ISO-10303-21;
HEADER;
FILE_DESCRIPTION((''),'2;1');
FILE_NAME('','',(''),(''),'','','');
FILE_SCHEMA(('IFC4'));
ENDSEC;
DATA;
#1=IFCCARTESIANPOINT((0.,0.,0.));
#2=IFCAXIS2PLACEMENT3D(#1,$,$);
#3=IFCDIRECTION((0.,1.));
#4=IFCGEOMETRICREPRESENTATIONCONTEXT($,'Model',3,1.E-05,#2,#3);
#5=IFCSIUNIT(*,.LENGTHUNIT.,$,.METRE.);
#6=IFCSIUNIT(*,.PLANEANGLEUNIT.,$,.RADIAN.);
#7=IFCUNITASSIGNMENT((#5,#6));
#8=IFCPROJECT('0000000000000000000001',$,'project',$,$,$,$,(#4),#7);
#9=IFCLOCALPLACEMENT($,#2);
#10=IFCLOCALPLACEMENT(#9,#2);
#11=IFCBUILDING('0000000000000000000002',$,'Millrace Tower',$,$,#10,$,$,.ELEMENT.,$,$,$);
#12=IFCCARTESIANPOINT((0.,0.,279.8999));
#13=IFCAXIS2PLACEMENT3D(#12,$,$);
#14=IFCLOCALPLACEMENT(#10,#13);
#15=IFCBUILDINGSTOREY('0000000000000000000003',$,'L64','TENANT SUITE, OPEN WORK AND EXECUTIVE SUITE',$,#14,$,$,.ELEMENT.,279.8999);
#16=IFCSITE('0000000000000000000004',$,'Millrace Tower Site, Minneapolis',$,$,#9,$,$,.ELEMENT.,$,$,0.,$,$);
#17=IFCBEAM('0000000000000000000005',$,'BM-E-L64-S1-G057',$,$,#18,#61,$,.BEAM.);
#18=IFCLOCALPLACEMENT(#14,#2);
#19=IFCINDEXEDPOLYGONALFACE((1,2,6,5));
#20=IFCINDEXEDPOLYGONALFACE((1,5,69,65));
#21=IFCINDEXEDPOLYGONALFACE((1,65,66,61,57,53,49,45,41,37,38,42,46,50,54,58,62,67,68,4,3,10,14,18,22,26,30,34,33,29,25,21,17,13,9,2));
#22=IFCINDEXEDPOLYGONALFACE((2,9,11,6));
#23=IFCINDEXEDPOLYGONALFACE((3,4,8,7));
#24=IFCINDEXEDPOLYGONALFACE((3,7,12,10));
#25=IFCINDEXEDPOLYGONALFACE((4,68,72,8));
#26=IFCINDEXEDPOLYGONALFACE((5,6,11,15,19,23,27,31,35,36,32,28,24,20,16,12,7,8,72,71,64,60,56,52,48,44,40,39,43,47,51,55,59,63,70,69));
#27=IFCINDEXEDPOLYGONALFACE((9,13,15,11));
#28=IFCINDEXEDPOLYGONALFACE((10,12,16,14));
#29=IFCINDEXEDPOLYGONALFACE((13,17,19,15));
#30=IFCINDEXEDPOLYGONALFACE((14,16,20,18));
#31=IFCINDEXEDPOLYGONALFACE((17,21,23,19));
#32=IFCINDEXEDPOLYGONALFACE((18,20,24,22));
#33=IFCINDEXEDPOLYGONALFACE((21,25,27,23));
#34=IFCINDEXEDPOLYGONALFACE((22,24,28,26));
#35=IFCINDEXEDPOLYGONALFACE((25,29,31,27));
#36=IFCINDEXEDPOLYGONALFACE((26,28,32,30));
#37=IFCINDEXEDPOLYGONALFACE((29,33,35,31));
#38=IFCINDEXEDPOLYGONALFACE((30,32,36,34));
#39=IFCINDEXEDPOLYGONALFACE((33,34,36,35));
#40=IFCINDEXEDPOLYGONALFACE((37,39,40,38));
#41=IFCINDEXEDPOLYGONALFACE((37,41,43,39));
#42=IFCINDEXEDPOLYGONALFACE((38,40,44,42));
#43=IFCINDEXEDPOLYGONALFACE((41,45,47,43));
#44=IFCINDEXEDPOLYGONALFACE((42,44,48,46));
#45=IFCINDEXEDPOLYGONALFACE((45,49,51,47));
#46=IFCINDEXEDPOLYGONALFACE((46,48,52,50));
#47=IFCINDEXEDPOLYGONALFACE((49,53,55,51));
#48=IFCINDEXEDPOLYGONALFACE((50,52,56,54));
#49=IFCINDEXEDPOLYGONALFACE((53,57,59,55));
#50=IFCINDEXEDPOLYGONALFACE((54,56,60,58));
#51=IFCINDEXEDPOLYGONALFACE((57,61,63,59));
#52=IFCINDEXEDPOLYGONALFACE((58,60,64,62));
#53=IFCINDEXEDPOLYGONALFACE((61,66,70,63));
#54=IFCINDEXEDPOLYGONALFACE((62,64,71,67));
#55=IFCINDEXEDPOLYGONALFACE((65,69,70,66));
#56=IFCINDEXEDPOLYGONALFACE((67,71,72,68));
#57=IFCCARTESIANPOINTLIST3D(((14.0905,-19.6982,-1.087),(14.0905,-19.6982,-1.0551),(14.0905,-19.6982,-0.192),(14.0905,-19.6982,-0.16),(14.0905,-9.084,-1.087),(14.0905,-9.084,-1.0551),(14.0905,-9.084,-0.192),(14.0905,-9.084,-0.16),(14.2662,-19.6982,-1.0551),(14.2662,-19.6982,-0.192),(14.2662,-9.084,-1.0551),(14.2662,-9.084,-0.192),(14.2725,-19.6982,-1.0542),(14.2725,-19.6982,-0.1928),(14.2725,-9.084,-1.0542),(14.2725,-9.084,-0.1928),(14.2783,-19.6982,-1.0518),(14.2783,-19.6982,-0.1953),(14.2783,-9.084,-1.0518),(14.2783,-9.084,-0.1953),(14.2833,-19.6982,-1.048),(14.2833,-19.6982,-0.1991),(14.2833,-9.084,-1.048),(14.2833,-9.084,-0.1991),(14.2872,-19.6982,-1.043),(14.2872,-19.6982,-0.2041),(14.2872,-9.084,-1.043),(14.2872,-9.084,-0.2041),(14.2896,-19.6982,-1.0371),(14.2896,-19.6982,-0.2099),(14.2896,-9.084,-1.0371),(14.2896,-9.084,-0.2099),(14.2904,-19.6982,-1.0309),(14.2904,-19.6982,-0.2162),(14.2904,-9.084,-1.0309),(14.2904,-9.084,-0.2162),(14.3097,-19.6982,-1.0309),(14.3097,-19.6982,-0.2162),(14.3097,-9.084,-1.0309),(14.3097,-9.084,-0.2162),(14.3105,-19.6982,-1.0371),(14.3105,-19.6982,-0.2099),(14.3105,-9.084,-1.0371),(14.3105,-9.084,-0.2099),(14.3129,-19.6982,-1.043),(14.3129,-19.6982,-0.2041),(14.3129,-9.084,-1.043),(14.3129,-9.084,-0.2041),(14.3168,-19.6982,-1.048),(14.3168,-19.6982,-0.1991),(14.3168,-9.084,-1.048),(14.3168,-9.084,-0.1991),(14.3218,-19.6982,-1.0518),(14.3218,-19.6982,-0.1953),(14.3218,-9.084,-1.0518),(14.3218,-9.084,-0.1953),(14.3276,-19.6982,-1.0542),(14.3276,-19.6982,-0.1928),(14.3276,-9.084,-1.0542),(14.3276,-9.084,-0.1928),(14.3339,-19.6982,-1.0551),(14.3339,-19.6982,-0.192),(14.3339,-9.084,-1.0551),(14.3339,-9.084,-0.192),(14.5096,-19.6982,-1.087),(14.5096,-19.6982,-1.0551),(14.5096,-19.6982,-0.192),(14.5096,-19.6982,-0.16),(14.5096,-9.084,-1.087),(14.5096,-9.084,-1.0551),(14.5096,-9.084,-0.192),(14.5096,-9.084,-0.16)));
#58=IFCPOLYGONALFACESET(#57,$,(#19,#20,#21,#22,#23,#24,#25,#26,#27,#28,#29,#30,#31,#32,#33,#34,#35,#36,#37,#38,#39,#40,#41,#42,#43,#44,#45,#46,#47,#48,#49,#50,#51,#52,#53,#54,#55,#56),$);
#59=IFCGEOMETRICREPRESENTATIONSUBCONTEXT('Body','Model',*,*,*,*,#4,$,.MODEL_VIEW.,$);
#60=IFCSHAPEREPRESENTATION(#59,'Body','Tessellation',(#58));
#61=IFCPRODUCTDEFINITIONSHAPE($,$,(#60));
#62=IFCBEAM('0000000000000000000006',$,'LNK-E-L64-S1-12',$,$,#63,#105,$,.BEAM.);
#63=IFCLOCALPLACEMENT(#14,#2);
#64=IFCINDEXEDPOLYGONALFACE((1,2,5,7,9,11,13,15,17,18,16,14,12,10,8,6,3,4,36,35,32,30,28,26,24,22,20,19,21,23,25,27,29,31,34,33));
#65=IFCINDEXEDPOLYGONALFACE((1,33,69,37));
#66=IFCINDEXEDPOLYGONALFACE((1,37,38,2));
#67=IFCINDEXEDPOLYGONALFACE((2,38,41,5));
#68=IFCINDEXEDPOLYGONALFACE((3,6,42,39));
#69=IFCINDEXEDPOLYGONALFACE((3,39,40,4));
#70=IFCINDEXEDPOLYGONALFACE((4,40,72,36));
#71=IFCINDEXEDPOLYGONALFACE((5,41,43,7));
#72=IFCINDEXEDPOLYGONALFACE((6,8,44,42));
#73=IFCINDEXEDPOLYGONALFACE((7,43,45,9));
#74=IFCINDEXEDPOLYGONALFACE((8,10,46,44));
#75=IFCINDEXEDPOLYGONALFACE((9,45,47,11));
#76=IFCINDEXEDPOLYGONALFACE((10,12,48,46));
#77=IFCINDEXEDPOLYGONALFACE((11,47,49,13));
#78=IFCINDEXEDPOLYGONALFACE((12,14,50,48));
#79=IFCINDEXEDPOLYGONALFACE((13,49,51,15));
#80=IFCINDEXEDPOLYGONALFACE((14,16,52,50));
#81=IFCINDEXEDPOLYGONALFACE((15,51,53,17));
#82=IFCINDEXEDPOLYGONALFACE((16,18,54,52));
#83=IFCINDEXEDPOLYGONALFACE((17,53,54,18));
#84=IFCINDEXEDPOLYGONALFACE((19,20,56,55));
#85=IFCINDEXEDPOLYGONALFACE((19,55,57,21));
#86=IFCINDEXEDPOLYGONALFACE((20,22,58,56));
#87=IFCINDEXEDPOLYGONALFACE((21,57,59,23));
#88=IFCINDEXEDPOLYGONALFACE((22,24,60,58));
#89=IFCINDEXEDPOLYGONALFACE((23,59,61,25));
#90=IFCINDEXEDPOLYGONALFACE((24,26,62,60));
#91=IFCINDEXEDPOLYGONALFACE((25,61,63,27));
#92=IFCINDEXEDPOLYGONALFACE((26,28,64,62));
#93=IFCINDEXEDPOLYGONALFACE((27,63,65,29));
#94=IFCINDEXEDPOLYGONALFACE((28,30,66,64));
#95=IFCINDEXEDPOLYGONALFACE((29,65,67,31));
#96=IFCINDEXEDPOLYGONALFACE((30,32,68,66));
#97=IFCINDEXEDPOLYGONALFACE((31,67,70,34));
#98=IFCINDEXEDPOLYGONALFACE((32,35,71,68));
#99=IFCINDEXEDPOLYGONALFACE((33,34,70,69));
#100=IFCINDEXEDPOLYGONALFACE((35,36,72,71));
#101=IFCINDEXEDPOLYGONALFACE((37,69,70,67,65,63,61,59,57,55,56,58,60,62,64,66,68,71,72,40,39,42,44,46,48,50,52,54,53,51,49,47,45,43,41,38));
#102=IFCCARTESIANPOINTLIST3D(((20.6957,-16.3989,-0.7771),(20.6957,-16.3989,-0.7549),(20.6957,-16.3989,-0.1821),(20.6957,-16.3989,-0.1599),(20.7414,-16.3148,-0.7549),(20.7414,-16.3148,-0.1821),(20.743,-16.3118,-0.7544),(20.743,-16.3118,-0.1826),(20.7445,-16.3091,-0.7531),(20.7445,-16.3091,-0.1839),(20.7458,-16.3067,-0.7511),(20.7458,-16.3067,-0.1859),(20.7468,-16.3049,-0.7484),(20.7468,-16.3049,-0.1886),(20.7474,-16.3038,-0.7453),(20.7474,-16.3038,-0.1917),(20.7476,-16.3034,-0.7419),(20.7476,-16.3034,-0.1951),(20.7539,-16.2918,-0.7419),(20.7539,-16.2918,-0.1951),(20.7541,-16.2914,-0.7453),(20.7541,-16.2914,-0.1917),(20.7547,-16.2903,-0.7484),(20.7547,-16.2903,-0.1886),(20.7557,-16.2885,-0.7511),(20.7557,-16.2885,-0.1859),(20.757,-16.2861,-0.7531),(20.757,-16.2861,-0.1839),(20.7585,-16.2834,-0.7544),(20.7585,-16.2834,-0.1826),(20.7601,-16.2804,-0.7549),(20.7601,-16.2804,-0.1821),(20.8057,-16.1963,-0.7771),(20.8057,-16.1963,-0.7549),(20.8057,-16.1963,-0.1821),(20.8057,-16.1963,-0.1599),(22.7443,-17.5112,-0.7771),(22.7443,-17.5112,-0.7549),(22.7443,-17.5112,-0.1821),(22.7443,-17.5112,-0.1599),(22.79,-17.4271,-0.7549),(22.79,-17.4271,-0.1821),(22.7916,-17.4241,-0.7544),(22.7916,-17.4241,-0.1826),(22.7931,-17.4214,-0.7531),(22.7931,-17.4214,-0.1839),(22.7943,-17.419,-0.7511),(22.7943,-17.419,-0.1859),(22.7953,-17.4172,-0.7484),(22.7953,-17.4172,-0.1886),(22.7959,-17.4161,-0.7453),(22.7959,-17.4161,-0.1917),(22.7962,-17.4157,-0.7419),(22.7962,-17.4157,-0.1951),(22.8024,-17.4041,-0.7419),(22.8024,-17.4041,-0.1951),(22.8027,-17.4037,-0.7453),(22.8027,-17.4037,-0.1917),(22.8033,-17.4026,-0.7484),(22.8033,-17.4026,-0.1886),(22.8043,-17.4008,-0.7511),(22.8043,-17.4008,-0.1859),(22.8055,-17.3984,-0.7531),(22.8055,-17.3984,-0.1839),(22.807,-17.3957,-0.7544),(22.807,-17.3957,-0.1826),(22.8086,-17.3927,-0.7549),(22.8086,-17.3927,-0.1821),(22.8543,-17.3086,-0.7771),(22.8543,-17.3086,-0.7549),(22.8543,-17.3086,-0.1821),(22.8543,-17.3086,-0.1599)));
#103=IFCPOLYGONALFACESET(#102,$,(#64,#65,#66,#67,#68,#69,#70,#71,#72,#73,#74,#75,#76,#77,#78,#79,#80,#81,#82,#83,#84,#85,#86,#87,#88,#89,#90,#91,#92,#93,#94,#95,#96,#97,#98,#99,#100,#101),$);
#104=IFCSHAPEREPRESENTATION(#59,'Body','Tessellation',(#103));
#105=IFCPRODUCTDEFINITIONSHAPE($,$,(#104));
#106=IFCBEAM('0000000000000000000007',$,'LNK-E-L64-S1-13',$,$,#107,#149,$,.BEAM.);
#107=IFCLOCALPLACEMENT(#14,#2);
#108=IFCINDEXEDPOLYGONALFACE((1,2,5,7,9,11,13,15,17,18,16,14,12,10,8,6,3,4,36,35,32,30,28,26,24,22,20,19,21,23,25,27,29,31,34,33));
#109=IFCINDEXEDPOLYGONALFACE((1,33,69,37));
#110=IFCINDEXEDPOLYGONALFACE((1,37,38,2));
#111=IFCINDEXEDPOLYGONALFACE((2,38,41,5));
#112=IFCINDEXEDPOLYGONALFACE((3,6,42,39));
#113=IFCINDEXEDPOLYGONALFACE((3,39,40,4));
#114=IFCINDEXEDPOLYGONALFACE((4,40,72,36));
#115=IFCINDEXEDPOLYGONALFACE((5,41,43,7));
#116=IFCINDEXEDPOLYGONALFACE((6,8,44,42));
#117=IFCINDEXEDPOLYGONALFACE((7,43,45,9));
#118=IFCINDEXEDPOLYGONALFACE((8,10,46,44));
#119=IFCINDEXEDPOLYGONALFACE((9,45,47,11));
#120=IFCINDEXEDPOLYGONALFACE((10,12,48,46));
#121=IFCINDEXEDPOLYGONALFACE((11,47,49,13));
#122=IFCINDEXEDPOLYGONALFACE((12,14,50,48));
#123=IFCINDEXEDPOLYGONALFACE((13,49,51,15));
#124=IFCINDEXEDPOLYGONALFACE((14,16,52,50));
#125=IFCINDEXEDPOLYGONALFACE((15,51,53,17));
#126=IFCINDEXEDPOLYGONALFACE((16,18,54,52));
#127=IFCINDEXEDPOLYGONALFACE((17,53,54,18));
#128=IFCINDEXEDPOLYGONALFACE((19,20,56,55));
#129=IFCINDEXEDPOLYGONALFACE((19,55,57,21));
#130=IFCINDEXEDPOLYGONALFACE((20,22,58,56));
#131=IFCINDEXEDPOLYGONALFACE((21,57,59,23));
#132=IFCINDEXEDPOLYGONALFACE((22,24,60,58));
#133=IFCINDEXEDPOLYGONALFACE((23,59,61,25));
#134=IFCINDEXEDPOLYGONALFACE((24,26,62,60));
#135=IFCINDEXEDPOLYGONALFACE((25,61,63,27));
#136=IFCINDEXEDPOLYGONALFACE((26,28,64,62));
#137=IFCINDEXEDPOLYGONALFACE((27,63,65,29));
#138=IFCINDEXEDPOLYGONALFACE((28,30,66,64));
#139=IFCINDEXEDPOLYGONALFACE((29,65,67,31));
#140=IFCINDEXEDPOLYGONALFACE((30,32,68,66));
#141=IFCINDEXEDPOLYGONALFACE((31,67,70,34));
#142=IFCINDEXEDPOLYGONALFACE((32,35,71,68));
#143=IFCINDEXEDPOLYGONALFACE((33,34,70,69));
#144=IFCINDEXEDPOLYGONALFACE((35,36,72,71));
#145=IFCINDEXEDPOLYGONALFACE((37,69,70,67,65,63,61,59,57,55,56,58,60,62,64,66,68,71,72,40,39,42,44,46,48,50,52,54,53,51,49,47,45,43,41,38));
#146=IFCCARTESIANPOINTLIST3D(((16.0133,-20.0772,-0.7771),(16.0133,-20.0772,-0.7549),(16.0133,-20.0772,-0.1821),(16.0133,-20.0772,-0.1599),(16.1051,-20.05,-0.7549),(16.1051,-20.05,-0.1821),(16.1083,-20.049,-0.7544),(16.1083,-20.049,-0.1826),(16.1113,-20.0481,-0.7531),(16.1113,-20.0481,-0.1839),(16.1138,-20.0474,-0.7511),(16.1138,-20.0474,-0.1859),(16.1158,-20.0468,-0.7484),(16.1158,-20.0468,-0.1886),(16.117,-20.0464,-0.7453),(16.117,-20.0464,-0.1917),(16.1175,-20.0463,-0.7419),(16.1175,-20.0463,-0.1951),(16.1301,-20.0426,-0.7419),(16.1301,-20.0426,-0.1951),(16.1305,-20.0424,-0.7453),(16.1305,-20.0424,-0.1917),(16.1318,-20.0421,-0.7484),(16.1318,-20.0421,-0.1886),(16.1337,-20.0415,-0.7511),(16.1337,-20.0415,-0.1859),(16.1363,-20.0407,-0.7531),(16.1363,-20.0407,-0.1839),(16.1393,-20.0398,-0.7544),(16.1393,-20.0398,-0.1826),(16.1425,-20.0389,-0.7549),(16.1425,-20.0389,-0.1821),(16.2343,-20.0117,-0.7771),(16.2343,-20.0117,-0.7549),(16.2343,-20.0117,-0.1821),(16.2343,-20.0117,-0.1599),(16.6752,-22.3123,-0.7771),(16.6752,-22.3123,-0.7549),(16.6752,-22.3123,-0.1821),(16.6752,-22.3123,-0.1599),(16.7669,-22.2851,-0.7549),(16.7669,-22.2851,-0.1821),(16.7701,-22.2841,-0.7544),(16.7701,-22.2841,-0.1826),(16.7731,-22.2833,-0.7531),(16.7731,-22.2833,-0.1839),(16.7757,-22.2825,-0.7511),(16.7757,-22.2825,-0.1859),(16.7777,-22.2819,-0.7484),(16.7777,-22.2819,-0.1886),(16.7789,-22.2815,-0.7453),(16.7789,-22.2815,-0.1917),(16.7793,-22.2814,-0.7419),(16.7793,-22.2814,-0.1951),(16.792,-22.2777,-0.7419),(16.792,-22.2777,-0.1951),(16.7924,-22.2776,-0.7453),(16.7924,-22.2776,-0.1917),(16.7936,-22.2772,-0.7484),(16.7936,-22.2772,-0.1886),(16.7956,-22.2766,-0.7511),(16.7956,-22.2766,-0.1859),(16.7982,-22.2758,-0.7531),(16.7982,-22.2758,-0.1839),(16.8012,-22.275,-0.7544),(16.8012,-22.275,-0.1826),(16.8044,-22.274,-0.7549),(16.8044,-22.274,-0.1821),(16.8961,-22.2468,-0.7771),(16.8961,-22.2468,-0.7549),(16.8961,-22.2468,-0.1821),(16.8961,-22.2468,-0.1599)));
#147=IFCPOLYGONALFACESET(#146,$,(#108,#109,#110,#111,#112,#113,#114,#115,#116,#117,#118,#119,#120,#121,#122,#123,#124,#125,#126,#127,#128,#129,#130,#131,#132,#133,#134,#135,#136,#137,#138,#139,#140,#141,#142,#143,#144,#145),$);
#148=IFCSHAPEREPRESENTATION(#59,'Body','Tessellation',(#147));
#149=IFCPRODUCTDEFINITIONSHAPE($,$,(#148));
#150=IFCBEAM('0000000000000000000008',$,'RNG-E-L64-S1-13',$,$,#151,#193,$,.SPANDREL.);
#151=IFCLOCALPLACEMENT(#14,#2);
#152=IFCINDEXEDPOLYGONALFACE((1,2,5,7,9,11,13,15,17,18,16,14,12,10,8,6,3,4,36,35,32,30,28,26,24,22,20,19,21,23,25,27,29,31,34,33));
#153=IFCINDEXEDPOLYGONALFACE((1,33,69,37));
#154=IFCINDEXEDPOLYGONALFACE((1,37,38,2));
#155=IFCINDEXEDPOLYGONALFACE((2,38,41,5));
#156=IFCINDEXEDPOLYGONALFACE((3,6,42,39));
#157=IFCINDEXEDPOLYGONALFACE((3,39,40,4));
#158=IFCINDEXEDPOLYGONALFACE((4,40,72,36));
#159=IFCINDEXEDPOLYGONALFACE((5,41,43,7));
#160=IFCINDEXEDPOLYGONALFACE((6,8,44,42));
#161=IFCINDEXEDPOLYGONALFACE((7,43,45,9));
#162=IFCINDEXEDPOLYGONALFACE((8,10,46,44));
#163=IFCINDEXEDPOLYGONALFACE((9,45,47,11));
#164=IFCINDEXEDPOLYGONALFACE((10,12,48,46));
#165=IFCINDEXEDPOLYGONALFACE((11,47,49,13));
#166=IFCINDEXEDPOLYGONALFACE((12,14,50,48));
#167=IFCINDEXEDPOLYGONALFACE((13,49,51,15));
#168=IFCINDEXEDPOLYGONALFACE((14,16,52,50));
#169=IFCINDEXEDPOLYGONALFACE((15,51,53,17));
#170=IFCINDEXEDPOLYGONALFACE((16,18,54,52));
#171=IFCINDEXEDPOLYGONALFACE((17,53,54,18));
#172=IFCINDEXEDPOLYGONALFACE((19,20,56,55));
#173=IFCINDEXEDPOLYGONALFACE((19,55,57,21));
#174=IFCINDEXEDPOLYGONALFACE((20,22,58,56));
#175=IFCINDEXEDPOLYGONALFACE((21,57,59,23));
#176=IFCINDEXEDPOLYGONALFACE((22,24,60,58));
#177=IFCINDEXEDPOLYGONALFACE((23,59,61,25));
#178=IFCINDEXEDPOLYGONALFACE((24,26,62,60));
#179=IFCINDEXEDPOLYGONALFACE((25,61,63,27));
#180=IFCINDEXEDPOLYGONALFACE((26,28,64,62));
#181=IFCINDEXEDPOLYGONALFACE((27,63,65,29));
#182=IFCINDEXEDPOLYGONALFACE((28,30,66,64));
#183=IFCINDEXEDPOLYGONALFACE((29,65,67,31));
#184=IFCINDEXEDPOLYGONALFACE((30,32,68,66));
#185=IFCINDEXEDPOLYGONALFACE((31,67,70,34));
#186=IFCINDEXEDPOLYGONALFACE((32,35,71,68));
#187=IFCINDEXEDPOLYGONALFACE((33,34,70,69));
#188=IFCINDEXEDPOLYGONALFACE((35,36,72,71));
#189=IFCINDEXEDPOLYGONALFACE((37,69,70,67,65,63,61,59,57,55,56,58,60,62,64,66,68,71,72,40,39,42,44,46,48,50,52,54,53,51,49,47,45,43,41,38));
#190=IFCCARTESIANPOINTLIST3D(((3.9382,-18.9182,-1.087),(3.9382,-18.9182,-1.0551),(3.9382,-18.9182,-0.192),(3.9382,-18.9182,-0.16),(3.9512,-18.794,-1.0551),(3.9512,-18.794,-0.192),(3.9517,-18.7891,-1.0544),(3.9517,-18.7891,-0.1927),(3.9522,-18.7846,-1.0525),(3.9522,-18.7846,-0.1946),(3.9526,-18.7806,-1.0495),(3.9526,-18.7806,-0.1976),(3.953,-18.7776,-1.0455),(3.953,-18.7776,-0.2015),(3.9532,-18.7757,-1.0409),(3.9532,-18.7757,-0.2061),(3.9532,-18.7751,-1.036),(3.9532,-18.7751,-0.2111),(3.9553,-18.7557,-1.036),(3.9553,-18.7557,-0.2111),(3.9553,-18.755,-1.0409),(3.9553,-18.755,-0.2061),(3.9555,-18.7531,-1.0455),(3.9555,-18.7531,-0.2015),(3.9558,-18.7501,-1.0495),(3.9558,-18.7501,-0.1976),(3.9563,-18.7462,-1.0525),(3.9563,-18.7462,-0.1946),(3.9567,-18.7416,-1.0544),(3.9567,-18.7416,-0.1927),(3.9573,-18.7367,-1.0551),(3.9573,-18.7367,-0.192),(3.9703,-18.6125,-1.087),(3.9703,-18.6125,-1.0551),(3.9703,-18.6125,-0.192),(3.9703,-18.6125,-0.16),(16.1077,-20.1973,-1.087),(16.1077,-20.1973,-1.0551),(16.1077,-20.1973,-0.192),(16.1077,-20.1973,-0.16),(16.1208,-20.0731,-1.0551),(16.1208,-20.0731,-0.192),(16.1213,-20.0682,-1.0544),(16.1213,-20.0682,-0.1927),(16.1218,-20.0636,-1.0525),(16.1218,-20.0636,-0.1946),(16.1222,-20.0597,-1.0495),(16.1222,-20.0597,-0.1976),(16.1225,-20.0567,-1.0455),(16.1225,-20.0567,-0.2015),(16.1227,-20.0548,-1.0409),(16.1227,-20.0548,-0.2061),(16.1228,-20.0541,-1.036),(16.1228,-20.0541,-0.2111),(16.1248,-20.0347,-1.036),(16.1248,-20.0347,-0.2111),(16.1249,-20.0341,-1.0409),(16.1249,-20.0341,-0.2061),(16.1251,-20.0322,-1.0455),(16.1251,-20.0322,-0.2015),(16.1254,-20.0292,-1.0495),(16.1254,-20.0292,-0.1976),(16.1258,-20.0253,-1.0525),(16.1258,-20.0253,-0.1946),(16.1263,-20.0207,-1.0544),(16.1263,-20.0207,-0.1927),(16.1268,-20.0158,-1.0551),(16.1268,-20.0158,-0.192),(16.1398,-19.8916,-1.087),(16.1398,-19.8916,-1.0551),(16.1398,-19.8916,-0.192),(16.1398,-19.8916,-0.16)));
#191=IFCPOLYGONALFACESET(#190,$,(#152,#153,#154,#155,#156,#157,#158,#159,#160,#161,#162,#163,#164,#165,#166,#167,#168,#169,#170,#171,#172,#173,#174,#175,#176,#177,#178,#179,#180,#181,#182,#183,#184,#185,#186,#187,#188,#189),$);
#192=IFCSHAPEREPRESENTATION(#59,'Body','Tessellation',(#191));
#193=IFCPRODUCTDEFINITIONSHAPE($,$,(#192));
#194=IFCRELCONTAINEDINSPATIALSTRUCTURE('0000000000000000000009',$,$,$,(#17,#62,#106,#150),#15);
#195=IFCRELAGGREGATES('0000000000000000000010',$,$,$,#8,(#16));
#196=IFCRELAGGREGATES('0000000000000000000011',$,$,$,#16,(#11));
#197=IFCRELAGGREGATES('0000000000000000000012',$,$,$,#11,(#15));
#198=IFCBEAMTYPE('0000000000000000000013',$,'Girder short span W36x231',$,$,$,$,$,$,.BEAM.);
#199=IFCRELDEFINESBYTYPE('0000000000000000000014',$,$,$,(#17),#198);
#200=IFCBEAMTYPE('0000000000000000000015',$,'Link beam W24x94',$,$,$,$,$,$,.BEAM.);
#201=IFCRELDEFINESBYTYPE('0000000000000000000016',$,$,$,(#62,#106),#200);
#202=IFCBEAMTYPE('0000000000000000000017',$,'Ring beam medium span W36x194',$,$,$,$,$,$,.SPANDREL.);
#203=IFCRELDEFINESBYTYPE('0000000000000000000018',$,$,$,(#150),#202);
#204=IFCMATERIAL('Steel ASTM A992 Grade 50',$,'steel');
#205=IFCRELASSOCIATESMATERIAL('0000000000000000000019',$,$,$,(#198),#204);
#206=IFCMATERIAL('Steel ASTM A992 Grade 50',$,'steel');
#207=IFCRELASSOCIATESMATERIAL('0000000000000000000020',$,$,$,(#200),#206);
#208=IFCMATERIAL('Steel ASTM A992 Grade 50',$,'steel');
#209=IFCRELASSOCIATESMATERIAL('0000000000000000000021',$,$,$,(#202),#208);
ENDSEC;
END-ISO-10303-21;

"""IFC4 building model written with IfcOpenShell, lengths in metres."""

from ifc_helpers import new_model, si_unit, direction, frame, origin, origin_2d, place, context, subcontext, project, spatial, i_section, extrude, material, material_profile, profile_set, type_object, element, save


model = new_model("IFC4")

# Units and contexts
model_context = context("Model", 3, precision=1e-05, world=origin(), true_north=direction((0.0, 1.0)))
body_context = subcontext(model_context, "Body", "Model", "MODEL_VIEW")
ifc_project = project(units=[si_unit("LENGTHUNIT", "METRE"), si_unit("PLANEANGLEUNIT", "RADIAN")], contexts=[model_context])

# Site, building, storey
site_placement = place(None, origin())
site = spatial("IfcSite", under=ifc_project, at=site_placement, Name="Millrace Tower Site, Minneapolis", CompositionType="ELEMENT", RefElevation=0.0)
building_placement = place(site_placement, origin())
building = spatial("IfcBuilding", under=site, at=building_placement, Name="Millrace Tower", CompositionType="ELEMENT")
storey_placement = place(building_placement, frame((0.0, 0.0, 279.8999)))
storey = spatial("IfcBuildingStorey", under=building, at=storey_placement, Name="L64", Description="TENANT SUITE, OPEN WORK AND EXECUTIVE SUITE", CompositionType="ELEMENT", Elevation=279.8999)

# Beams
ifc_material_1 = material(Name="Steel ASTM A992 Grade 50", Category="steel")
ifc_material_profile_1 = material_profile(ifc_material_1, i_section(OverallWidth=0.4192, OverallDepth=0.927, WebThickness=0.0193, FlangeThickness=0.032, FilletRadius=0.0242, at=origin_2d()))
ifc_profile_set_1 = profile_set([ifc_material_profile_1], Name="Steel ASTM A992 Grade 50")
beam_type_1 = type_object("IfcBeamType", Name="Girder short span W36x231", PredefinedType="BEAM", material=ifc_profile_set_1)
beam_1_placement = place(storey_placement, frame((14.3, -19.6982, -0.6235), z_axis=(0.0, 1.0, 0.0), x_axis=(-1.0, 0.0, 0.0)))
element("IfcBeam", 1, at=beam_1_placement, inside=storey, type_object=beam_type_1, Name="BM-E-L64-S1-G057", PredefinedType="BEAM", context=body_context, shape_type="SweptSolid", body=[
    extrude(i_section(OverallWidth=0.4192, OverallDepth=0.927, WebThickness=0.0193, FlangeThickness=0.032, FilletRadius=0.0242, at=origin_2d()), origin(), (0.0, 0.0, 1.0), 10.6143),
])
ifc_material_2 = material(Name="Steel ASTM A992 Grade 50", Category="steel")
ifc_material_profile_2 = material_profile(ifc_material_2, i_section(OverallWidth=0.2305, OverallDepth=0.6172, WebThickness=0.0132, FlangeThickness=0.0222, FilletRadius=0.0129, at=origin_2d()))
ifc_profile_set_2 = profile_set([ifc_material_profile_2], Name="Steel ASTM A992 Grade 50")
beam_type_2 = type_object("IfcBeamType", Name="Link beam W24x94", PredefinedType="BEAM", material=ifc_profile_set_2)
for number, where, z_axis, x_axis, name in (
    (2, (20.7507, -16.2976, -0.4685), (0.878815, -0.477164, 0.0), (0.477164, 0.878815, 0.0), "LNK-E-L64-S1-12"),
    (3, (16.1238, -20.0444, -0.4685), (0.283935, -0.958844, 0.0), (0.958844, 0.283935, 0.0), "LNK-E-L64-S1-13"),
):
    element("IfcBeam", number, at=place(storey_placement, frame(where, z_axis=z_axis, x_axis=x_axis)), inside=storey, type_object=beam_type_2, Name=name, PredefinedType="BEAM", context=body_context, shape_type="SweptSolid", body=[
        extrude(i_section(OverallWidth=0.2305, OverallDepth=0.6172, WebThickness=0.0132, FlangeThickness=0.0222, FilletRadius=0.0129, at=origin_2d()), origin(), (0.0, 0.0, 1.0), 2.3311),
    ])
ifc_material_3 = material(Name="Steel ASTM A992 Grade 50", Category="steel")
ifc_material_profile_3 = material_profile(ifc_material_3, i_section(OverallWidth=0.3074, OverallDepth=0.927, WebThickness=0.0195, FlangeThickness=0.032, FilletRadius=0.019, at=origin_2d()))
ifc_profile_set_3 = profile_set([ifc_material_profile_3], Name="Steel ASTM A992 Grade 50")
beam_type_3 = type_object("IfcBeamType", Name="Ring beam medium span W36x194", PredefinedType="SPANDREL", material=ifc_profile_set_3)
beam_2_placement = place(storey_placement, frame((16.1238, -20.0444, -0.6235), z_axis=(-0.994522, 0.104528, 0.0), x_axis=(-0.104528, -0.994522, 0.0)))
element("IfcBeam", 4, at=beam_2_placement, inside=storey, type_object=beam_type_3, Name="RNG-E-L64-S1-13", PredefinedType="SPANDREL", context=body_context, shape_type="SweptSolid", body=[
    extrude(i_section(OverallWidth=0.3074, OverallDepth=0.927, WebThickness=0.0195, FlangeThickness=0.032, FilletRadius=0.019, at=origin_2d()), origin(), (0.0, 0.0, 1.0), 12.2366),
])

save(model, "model.ifc")
